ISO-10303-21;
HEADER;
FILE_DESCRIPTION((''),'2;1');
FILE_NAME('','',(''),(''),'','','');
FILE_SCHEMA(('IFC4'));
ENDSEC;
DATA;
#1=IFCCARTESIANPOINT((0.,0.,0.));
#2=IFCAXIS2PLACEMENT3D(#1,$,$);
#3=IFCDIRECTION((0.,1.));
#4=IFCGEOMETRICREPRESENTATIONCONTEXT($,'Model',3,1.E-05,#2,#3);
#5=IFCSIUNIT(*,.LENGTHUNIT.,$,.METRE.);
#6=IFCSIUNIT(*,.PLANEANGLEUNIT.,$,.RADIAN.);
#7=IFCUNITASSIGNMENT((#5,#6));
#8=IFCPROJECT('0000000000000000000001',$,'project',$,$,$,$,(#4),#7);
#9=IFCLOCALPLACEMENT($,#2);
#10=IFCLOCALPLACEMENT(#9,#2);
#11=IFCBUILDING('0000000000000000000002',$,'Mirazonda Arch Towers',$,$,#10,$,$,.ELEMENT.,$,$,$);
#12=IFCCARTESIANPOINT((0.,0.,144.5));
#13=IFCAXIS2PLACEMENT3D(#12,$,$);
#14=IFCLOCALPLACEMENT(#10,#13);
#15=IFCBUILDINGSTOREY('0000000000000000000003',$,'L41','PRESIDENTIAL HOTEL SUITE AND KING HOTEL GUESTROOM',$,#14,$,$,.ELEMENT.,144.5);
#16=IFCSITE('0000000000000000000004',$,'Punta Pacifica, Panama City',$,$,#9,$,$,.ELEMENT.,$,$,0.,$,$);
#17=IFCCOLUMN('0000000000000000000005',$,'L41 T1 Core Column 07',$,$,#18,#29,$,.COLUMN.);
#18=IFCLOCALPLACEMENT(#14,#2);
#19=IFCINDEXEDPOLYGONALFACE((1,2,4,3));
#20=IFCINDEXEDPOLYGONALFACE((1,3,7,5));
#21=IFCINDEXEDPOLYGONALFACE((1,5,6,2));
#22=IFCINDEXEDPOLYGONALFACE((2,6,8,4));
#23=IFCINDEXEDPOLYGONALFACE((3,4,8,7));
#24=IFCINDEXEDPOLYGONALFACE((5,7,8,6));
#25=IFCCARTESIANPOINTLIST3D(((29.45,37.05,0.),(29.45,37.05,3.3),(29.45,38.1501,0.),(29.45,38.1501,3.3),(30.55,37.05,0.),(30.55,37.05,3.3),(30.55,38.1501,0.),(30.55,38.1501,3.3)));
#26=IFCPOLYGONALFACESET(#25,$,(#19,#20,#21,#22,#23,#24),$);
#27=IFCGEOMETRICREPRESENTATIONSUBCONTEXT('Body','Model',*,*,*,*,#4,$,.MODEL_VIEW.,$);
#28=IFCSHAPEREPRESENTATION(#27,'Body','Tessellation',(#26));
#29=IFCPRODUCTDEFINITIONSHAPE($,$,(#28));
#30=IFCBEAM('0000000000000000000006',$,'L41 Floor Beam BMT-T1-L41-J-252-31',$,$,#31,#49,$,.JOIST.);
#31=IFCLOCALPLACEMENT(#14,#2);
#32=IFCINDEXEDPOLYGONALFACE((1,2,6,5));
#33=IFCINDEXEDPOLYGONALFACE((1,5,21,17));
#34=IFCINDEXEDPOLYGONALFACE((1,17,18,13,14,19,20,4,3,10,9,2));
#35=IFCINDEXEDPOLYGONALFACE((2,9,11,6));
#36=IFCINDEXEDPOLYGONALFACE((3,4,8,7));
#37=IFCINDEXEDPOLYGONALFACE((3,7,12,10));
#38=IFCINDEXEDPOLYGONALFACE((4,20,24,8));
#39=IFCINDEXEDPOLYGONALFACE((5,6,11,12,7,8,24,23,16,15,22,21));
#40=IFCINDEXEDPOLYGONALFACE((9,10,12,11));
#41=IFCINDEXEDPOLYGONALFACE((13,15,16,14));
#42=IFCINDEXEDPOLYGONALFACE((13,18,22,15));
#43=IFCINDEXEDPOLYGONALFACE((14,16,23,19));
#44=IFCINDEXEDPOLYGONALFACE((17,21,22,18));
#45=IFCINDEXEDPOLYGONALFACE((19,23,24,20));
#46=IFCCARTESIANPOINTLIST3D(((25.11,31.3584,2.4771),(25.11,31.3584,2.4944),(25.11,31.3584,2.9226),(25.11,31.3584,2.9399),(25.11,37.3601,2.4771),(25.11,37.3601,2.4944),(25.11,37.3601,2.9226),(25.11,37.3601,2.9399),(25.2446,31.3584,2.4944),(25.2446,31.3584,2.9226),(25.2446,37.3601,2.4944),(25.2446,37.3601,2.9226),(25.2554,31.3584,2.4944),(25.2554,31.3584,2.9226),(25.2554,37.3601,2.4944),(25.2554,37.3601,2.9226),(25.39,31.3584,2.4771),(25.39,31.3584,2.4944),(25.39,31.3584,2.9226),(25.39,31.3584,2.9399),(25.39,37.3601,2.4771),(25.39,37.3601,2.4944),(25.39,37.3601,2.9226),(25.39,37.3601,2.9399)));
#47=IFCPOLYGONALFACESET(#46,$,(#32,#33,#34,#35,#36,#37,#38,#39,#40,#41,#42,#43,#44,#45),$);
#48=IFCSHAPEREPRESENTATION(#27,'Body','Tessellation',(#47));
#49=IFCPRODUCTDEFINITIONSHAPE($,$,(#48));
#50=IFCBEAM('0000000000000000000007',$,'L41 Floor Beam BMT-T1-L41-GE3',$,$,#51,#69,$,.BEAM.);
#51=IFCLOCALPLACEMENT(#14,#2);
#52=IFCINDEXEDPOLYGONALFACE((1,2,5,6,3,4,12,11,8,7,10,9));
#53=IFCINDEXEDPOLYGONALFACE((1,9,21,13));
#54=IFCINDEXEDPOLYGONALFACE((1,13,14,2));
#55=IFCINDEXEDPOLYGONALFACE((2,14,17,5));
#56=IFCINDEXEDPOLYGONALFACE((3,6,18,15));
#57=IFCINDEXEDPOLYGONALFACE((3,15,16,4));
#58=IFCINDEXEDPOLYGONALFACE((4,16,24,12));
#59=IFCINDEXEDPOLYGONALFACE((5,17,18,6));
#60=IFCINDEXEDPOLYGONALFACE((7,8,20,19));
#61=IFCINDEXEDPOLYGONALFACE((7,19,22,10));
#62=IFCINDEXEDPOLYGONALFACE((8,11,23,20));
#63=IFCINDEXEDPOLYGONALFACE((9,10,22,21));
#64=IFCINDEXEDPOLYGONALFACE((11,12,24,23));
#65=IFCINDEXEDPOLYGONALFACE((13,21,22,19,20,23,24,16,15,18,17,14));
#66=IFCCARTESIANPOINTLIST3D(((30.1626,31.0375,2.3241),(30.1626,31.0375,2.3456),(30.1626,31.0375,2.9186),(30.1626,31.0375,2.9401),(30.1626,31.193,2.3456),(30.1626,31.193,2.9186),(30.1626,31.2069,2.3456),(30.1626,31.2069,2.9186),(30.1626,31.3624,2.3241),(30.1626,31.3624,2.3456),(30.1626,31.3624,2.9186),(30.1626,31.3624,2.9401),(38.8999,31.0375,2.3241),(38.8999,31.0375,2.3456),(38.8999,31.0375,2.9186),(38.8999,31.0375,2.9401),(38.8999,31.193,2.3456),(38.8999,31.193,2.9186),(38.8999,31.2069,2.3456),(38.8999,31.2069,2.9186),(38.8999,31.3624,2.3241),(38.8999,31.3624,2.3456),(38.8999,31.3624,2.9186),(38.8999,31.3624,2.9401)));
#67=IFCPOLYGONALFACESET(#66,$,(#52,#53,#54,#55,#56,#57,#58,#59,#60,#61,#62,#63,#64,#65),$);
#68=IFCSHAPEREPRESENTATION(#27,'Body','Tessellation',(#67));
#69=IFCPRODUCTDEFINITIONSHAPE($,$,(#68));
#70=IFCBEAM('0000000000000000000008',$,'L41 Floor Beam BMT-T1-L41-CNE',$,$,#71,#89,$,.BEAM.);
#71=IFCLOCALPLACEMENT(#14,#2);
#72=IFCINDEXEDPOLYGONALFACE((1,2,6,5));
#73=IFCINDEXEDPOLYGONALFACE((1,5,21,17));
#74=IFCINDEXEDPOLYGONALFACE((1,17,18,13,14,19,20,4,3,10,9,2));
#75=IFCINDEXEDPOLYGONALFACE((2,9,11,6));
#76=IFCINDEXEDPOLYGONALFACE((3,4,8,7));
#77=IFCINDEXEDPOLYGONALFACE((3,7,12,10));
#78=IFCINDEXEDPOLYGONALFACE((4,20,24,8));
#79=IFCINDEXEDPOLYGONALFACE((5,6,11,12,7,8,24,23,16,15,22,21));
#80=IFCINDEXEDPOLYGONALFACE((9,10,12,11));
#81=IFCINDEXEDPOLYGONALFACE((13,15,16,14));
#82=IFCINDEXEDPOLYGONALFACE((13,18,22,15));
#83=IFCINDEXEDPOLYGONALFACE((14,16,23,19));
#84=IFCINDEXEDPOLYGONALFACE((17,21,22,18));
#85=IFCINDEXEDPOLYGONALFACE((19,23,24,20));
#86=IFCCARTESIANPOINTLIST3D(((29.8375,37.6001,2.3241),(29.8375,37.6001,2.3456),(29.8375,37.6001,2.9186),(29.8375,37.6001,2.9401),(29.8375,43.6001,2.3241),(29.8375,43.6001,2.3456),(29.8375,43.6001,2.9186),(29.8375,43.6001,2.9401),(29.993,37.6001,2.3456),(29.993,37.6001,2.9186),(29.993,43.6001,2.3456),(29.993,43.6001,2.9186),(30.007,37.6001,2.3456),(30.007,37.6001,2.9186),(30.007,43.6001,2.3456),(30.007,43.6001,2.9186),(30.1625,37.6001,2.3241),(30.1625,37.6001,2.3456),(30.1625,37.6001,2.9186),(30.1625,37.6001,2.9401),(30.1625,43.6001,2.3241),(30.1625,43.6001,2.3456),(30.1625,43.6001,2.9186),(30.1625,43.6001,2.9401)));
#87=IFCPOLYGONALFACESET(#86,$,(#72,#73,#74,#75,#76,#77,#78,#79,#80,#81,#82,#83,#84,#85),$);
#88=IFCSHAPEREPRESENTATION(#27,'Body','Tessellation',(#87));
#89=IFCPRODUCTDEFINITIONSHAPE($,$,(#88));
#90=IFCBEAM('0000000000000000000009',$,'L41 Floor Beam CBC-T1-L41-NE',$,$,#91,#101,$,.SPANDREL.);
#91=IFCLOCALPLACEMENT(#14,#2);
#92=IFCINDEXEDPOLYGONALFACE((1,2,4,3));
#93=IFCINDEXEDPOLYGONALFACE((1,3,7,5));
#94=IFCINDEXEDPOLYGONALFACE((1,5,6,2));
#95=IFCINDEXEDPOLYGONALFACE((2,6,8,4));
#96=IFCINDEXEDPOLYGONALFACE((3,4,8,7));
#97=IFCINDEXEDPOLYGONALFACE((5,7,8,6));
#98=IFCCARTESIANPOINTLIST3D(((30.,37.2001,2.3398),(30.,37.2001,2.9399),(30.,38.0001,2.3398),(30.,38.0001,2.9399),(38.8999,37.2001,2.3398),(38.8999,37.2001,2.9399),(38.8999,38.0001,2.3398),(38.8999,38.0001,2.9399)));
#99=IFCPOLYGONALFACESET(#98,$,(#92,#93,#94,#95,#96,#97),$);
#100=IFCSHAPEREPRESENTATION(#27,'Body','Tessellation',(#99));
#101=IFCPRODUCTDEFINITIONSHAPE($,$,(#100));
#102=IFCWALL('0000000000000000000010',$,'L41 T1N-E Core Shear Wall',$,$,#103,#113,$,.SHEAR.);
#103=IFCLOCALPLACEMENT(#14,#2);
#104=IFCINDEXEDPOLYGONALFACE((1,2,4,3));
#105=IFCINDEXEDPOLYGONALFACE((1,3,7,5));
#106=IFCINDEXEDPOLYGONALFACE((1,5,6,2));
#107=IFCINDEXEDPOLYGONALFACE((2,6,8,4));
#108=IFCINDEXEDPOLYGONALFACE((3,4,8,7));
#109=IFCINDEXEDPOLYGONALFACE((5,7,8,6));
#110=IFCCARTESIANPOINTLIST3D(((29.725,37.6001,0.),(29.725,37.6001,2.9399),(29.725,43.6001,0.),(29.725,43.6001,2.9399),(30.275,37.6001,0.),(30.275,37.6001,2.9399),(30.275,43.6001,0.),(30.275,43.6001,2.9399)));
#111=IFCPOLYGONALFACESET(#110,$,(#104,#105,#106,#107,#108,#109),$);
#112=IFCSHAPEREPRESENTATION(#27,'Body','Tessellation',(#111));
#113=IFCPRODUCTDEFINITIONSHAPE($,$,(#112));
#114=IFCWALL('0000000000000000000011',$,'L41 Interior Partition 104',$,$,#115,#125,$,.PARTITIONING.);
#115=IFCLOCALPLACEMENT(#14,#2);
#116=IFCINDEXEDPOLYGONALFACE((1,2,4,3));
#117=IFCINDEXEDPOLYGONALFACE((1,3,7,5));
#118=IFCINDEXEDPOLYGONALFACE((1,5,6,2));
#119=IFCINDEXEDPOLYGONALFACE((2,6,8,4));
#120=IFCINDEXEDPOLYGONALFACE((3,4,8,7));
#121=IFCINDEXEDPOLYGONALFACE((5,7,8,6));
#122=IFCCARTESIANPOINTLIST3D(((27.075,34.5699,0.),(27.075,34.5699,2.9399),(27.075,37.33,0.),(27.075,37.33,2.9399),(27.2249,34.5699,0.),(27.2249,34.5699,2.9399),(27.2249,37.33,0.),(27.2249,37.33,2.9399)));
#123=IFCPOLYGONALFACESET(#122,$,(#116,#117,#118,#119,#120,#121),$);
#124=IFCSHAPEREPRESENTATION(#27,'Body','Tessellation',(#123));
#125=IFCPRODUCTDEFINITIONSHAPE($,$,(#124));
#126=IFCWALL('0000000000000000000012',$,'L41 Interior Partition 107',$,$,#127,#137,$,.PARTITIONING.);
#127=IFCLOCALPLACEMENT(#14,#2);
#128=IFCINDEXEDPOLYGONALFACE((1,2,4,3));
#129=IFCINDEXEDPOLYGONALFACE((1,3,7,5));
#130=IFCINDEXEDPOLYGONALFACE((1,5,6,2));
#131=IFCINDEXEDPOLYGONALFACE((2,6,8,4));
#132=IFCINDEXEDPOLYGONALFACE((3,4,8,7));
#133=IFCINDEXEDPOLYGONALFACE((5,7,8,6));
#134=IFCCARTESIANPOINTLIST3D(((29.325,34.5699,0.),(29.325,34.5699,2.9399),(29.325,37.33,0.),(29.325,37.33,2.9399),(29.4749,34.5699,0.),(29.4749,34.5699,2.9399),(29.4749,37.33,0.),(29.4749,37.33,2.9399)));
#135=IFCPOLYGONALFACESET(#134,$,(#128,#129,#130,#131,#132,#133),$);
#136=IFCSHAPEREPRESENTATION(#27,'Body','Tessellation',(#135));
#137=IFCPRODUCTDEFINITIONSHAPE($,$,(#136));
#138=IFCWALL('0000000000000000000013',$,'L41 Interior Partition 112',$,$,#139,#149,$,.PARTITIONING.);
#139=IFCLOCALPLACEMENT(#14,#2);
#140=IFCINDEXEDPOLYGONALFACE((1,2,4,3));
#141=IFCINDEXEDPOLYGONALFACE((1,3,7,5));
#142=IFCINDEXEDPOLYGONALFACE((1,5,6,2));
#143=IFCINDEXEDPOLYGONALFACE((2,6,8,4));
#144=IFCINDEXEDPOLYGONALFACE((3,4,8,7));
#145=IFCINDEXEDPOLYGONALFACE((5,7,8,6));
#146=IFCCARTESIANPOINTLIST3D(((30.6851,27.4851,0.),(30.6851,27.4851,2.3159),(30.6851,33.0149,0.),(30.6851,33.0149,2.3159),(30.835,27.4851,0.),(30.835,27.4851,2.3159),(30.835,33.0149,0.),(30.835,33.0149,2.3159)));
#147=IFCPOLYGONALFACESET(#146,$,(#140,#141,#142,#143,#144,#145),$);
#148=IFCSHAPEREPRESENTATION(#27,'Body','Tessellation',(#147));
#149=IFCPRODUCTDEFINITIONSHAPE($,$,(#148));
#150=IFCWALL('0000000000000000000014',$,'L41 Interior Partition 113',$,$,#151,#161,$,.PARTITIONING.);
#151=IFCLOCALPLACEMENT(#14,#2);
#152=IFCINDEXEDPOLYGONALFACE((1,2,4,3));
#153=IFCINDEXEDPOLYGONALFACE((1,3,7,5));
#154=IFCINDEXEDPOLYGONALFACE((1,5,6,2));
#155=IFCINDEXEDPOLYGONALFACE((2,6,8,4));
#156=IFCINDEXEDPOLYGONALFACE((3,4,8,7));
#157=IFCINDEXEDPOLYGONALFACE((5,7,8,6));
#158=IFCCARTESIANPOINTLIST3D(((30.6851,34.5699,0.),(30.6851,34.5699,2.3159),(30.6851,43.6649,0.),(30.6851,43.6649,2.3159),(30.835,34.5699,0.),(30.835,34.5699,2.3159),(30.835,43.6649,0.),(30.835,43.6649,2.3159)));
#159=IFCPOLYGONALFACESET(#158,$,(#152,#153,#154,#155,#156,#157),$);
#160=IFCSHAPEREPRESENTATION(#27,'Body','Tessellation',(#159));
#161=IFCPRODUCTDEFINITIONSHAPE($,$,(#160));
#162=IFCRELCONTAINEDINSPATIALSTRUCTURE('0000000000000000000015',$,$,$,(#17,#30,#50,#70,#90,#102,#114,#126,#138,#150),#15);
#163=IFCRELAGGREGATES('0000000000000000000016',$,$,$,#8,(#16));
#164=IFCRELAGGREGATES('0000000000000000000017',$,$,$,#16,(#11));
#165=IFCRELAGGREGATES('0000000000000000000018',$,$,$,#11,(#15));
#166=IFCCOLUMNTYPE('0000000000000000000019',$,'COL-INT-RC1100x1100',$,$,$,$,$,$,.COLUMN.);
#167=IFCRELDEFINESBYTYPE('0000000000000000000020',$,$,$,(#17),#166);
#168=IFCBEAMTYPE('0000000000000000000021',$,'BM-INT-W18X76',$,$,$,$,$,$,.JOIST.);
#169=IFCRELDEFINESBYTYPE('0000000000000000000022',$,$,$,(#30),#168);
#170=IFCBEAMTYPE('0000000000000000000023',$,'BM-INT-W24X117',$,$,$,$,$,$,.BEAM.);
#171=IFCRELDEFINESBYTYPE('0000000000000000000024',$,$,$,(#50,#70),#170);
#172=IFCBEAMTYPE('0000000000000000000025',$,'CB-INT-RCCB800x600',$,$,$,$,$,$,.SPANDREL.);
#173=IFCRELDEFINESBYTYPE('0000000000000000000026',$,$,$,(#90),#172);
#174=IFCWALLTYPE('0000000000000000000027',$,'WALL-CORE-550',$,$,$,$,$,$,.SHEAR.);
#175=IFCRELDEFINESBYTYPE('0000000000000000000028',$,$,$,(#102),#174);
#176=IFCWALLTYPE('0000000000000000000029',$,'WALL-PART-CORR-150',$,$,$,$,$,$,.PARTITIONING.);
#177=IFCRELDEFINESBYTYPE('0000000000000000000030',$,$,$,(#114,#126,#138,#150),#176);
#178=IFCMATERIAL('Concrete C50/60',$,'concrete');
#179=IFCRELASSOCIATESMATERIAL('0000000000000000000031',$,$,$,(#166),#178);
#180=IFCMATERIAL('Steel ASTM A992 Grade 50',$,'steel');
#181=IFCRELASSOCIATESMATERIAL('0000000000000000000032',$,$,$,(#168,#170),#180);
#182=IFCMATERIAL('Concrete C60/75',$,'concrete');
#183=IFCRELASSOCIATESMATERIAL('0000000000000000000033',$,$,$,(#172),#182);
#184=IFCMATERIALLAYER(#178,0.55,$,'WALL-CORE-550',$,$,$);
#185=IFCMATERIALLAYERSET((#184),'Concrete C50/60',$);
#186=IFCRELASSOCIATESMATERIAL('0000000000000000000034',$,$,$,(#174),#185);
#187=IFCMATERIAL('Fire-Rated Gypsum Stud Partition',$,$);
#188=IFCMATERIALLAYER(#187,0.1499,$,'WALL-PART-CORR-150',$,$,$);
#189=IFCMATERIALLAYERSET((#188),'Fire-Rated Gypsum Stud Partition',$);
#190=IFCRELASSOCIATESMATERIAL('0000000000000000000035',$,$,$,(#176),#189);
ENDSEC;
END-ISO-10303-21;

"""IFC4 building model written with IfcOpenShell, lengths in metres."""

from ifc_helpers import new_model, si_unit, direction, frame, frame_2d, origin, origin_2d, place, context, subcontext, project, spatial, rectangle, i_section, extrude, material, layer, layer_set, material_profile, profile_set, type_object, element, save


model = new_model("IFC4")

# Units and contexts
model_context = context("Model", 3, precision=1e-05, world=origin(), true_north=direction((0.0, 1.0)))
body_context = subcontext(model_context, "Body", "Model", "MODEL_VIEW")
ifc_project = project(units=[si_unit("LENGTHUNIT", "METRE"), si_unit("PLANEANGLEUNIT", "RADIAN")], contexts=[model_context])

# Site, building, storey
site_placement = place(None, origin())
site = spatial("IfcSite", under=ifc_project, at=site_placement, Name="Punta Pacifica, Panama City", CompositionType="ELEMENT", RefElevation=0.0)
building_placement = place(site_placement, origin())
building = spatial("IfcBuilding", under=site, at=building_placement, Name="Mirazonda Arch Towers", CompositionType="ELEMENT")
storey_placement = place(building_placement, frame((0.0, 0.0, 144.5)))
storey = spatial("IfcBuildingStorey", under=building, at=storey_placement, Name="L41", Description="PRESIDENTIAL HOTEL SUITE AND KING HOTEL GUESTROOM", CompositionType="ELEMENT", Elevation=144.5)

# Column
ifc_material_1 = material(Name="Concrete C50/60", Category="concrete")
ifc_material_profile_1 = material_profile(ifc_material_1, rectangle(XDim=1.1001, YDim=1.1001, at=origin_2d()), Name="RC1100x1100")
ifc_profile_set_1 = profile_set([ifc_material_profile_1], Name="Concrete C50/60")
column_type = type_object("IfcColumnType", Name="COL-INT-RC1100x1100", PredefinedType="COLUMN", material=ifc_profile_set_1)
column_placement = place(storey_placement, frame((30.0, 37.6001, 0.0), z_axis=(0.0, 0.0, 1.0), x_axis=(1.0, 0.0, 0.0)))
element("IfcColumn", 1, at=column_placement, inside=storey, type_object=column_type, Name="L41 T1 Core Column 07", PredefinedType="COLUMN", context=body_context, shape_type="SweptSolid", body=[
    extrude(rectangle(XDim=1.1001, YDim=1.1001, at=origin_2d()), origin(), (0.0, 0.0, 1.0), 3.3),
])

# Beams
ifc_material_2 = material(Name="Steel ASTM A992 Grade 50", Category="steel")
ifc_material_profile_2 = material_profile(ifc_material_2, i_section(OverallWidth=0.28, OverallDepth=0.4629, WebThickness=0.0107, FlangeThickness=0.0173, at=origin_2d()), Name="W18X76")
ifc_profile_set_2 = profile_set([ifc_material_profile_2], Name="Steel ASTM A992 Grade 50")
beam_type_1 = type_object("IfcBeamType", Name="BM-INT-W18X76", PredefinedType="JOIST", material=ifc_profile_set_2)
beam_1_placement = place(storey_placement, frame((25.25, 31.3584, 2.7085), z_axis=(0.0, 1.0, 0.0), x_axis=(-1.0, 0.0, 0.0)))
element("IfcBeam", 2, at=beam_1_placement, inside=storey, type_object=beam_type_1, Name="L41 Floor Beam BMT-T1-L41-J-252-31", PredefinedType="JOIST", context=body_context, shape_type="SweptSolid", body=[
    extrude(i_section(OverallWidth=0.28, OverallDepth=0.4629, WebThickness=0.0107, FlangeThickness=0.0173, at=origin_2d()), origin(), (0.0, 0.0, 1.0), 6.0017),
])
ifc_material_profile_3 = material_profile(ifc_material_2, i_section(OverallWidth=0.325, OverallDepth=0.616, WebThickness=0.0139, FlangeThickness=0.0215, at=origin_2d()), Name="W24X117")
ifc_profile_set_3 = profile_set([ifc_material_profile_3], Name="Steel ASTM A992 Grade 50")
beam_type_2 = type_object("IfcBeamType", Name="BM-INT-W24X117", PredefinedType="BEAM", material=ifc_profile_set_3)
beam_2_placement = place(storey_placement, frame((30.1626, 31.2, 2.6321), z_axis=(1.0, 0.0, 0.0), x_axis=(0.0, 1.0, 0.0)))
element("IfcBeam", 3, at=beam_2_placement, inside=storey, type_object=beam_type_2, Name="L41 Floor Beam BMT-T1-L41-GE3", PredefinedType="BEAM", context=body_context, shape_type="SweptSolid", body=[
    extrude(i_section(OverallWidth=0.325, OverallDepth=0.616, WebThickness=0.0139, FlangeThickness=0.0215, at=origin_2d()), origin(), (0.0, 0.0, 1.0), 8.7373),
])
beam_3_placement = place(storey_placement, frame((30.0, 37.6001, 2.6321), z_axis=(0.0, 1.0, 0.0), x_axis=(-1.0, 0.0, 0.0)))
element("IfcBeam", 4, at=beam_3_placement, inside=storey, type_object=beam_type_2, Name="L41 Floor Beam BMT-T1-L41-CNE", PredefinedType="BEAM", context=body_context, shape_type="SweptSolid", body=[
    extrude(i_section(OverallWidth=0.325, OverallDepth=0.616, WebThickness=0.0139, FlangeThickness=0.0215, at=origin_2d()), origin(), (0.0, 0.0, 1.0), 6.0),
])
ifc_material_3 = material(Name="Concrete C60/75", Category="concrete")
ifc_material_profile_4 = material_profile(ifc_material_3, rectangle(XDim=0.8, YDim=0.6001, at=origin_2d()), Name="RCCB800x600")
ifc_profile_set_4 = profile_set([ifc_material_profile_4], Name="Concrete C60/75")
beam_type_3 = type_object("IfcBeamType", Name="CB-INT-RCCB800x600", PredefinedType="SPANDREL", material=ifc_profile_set_4)
beam_4_placement = place(storey_placement, frame((30.0, 37.6001, 2.6399), z_axis=(1.0, 0.0, 0.0), x_axis=(0.0, 1.0, 0.0)))
element("IfcBeam", 5, at=beam_4_placement, inside=storey, type_object=beam_type_3, Name="L41 Floor Beam CBC-T1-L41-NE", PredefinedType="SPANDREL", context=body_context, shape_type="SweptSolid", body=[
    extrude(rectangle(XDim=0.8, YDim=0.6001, at=origin_2d()), origin(), (0.0, 0.0, 1.0), 8.8999),
])

# Walls
ifc_layer_1 = layer(ifc_material_1, 0.55, Name="WALL-CORE-550")
ifc_layer_set_1 = layer_set([ifc_layer_1], Name="Concrete C50/60")
wall_type_1 = type_object("IfcWallType", Name="WALL-CORE-550", PredefinedType="SHEAR", material=ifc_layer_set_1)
wall_1_placement = place(storey_placement, frame((30.0, 37.6001, 0.0), z_axis=(0.0, 0.0, 1.0), x_axis=(0.0, 1.0, 0.0)))
element("IfcWall", 6, at=wall_1_placement, inside=storey, type_object=wall_type_1, Name="L41 T1N-E Core Shear Wall", PredefinedType="SHEAR", context=body_context, shape_type="SweptSolid", body=[
    extrude(rectangle(XDim=6.0, YDim=0.55, at=frame_2d((3.0, 0.0))), origin(), (0.0, 0.0, 1.0), 2.9399),
])
ifc_material_4 = material(Name="Fire-Rated Gypsum Stud Partition")
ifc_layer_2 = layer(ifc_material_4, 0.1499, Name="WALL-PART-CORR-150")
ifc_layer_set_2 = layer_set([ifc_layer_2], Name="Fire-Rated Gypsum Stud Partition")
wall_type_2 = type_object("IfcWallType", Name="WALL-PART-CORR-150", PredefinedType="PARTITIONING", material=ifc_layer_set_2)
for number, where, z_axis, x_axis, name in (
    (7, (27.1499, 34.5701, 0.0), (0.0, 0.0, 1.0), (0.0, 1.0, 0.0), "L41 Interior Partition 104"),
    (8, (29.3999, 34.5701, 0.0), (0.0, 0.0, 1.0), (0.0, 1.0, 0.0), "L41 Interior Partition 107"),
):
    element("IfcWall", number, at=place(storey_placement, frame(where, z_axis=z_axis, x_axis=x_axis)), inside=storey, type_object=wall_type_2, Name=name, PredefinedType="PARTITIONING", context=body_context, shape_type="SweptSolid", body=[
        extrude(rectangle(XDim=2.76, YDim=0.1499, at=frame_2d((1.3799, 0.0))), origin(), (0.0, 0.0, 1.0), 2.9399),
    ])
wall_2_placement = place(storey_placement, frame((30.76, 27.4851, 0.0), z_axis=(0.0, 0.0, 1.0), x_axis=(0.0, 1.0, 0.0)))
element("IfcWall", 9, at=wall_2_placement, inside=storey, type_object=wall_type_2, Name="L41 Interior Partition 112", PredefinedType="PARTITIONING", context=body_context, shape_type="SweptSolid", body=[
    extrude(rectangle(XDim=5.5298, YDim=0.1499, at=frame_2d((2.7649, 0.0))), origin(), (0.0, 0.0, 1.0), 2.3159),
])
wall_3_placement = place(storey_placement, frame((30.76, 34.5701, 0.0), z_axis=(0.0, 0.0, 1.0), x_axis=(0.0, 1.0, 0.0)))
element("IfcWall", 10, at=wall_3_placement, inside=storey, type_object=wall_type_2, Name="L41 Interior Partition 113", PredefinedType="PARTITIONING", context=body_context, shape_type="SweptSolid", body=[
    extrude(rectangle(XDim=9.095, YDim=0.1499, at=frame_2d((4.5474, 0.0))), origin(), (0.0, 0.0, 1.0), 2.3159),
])

save(model, "model.ifc")
